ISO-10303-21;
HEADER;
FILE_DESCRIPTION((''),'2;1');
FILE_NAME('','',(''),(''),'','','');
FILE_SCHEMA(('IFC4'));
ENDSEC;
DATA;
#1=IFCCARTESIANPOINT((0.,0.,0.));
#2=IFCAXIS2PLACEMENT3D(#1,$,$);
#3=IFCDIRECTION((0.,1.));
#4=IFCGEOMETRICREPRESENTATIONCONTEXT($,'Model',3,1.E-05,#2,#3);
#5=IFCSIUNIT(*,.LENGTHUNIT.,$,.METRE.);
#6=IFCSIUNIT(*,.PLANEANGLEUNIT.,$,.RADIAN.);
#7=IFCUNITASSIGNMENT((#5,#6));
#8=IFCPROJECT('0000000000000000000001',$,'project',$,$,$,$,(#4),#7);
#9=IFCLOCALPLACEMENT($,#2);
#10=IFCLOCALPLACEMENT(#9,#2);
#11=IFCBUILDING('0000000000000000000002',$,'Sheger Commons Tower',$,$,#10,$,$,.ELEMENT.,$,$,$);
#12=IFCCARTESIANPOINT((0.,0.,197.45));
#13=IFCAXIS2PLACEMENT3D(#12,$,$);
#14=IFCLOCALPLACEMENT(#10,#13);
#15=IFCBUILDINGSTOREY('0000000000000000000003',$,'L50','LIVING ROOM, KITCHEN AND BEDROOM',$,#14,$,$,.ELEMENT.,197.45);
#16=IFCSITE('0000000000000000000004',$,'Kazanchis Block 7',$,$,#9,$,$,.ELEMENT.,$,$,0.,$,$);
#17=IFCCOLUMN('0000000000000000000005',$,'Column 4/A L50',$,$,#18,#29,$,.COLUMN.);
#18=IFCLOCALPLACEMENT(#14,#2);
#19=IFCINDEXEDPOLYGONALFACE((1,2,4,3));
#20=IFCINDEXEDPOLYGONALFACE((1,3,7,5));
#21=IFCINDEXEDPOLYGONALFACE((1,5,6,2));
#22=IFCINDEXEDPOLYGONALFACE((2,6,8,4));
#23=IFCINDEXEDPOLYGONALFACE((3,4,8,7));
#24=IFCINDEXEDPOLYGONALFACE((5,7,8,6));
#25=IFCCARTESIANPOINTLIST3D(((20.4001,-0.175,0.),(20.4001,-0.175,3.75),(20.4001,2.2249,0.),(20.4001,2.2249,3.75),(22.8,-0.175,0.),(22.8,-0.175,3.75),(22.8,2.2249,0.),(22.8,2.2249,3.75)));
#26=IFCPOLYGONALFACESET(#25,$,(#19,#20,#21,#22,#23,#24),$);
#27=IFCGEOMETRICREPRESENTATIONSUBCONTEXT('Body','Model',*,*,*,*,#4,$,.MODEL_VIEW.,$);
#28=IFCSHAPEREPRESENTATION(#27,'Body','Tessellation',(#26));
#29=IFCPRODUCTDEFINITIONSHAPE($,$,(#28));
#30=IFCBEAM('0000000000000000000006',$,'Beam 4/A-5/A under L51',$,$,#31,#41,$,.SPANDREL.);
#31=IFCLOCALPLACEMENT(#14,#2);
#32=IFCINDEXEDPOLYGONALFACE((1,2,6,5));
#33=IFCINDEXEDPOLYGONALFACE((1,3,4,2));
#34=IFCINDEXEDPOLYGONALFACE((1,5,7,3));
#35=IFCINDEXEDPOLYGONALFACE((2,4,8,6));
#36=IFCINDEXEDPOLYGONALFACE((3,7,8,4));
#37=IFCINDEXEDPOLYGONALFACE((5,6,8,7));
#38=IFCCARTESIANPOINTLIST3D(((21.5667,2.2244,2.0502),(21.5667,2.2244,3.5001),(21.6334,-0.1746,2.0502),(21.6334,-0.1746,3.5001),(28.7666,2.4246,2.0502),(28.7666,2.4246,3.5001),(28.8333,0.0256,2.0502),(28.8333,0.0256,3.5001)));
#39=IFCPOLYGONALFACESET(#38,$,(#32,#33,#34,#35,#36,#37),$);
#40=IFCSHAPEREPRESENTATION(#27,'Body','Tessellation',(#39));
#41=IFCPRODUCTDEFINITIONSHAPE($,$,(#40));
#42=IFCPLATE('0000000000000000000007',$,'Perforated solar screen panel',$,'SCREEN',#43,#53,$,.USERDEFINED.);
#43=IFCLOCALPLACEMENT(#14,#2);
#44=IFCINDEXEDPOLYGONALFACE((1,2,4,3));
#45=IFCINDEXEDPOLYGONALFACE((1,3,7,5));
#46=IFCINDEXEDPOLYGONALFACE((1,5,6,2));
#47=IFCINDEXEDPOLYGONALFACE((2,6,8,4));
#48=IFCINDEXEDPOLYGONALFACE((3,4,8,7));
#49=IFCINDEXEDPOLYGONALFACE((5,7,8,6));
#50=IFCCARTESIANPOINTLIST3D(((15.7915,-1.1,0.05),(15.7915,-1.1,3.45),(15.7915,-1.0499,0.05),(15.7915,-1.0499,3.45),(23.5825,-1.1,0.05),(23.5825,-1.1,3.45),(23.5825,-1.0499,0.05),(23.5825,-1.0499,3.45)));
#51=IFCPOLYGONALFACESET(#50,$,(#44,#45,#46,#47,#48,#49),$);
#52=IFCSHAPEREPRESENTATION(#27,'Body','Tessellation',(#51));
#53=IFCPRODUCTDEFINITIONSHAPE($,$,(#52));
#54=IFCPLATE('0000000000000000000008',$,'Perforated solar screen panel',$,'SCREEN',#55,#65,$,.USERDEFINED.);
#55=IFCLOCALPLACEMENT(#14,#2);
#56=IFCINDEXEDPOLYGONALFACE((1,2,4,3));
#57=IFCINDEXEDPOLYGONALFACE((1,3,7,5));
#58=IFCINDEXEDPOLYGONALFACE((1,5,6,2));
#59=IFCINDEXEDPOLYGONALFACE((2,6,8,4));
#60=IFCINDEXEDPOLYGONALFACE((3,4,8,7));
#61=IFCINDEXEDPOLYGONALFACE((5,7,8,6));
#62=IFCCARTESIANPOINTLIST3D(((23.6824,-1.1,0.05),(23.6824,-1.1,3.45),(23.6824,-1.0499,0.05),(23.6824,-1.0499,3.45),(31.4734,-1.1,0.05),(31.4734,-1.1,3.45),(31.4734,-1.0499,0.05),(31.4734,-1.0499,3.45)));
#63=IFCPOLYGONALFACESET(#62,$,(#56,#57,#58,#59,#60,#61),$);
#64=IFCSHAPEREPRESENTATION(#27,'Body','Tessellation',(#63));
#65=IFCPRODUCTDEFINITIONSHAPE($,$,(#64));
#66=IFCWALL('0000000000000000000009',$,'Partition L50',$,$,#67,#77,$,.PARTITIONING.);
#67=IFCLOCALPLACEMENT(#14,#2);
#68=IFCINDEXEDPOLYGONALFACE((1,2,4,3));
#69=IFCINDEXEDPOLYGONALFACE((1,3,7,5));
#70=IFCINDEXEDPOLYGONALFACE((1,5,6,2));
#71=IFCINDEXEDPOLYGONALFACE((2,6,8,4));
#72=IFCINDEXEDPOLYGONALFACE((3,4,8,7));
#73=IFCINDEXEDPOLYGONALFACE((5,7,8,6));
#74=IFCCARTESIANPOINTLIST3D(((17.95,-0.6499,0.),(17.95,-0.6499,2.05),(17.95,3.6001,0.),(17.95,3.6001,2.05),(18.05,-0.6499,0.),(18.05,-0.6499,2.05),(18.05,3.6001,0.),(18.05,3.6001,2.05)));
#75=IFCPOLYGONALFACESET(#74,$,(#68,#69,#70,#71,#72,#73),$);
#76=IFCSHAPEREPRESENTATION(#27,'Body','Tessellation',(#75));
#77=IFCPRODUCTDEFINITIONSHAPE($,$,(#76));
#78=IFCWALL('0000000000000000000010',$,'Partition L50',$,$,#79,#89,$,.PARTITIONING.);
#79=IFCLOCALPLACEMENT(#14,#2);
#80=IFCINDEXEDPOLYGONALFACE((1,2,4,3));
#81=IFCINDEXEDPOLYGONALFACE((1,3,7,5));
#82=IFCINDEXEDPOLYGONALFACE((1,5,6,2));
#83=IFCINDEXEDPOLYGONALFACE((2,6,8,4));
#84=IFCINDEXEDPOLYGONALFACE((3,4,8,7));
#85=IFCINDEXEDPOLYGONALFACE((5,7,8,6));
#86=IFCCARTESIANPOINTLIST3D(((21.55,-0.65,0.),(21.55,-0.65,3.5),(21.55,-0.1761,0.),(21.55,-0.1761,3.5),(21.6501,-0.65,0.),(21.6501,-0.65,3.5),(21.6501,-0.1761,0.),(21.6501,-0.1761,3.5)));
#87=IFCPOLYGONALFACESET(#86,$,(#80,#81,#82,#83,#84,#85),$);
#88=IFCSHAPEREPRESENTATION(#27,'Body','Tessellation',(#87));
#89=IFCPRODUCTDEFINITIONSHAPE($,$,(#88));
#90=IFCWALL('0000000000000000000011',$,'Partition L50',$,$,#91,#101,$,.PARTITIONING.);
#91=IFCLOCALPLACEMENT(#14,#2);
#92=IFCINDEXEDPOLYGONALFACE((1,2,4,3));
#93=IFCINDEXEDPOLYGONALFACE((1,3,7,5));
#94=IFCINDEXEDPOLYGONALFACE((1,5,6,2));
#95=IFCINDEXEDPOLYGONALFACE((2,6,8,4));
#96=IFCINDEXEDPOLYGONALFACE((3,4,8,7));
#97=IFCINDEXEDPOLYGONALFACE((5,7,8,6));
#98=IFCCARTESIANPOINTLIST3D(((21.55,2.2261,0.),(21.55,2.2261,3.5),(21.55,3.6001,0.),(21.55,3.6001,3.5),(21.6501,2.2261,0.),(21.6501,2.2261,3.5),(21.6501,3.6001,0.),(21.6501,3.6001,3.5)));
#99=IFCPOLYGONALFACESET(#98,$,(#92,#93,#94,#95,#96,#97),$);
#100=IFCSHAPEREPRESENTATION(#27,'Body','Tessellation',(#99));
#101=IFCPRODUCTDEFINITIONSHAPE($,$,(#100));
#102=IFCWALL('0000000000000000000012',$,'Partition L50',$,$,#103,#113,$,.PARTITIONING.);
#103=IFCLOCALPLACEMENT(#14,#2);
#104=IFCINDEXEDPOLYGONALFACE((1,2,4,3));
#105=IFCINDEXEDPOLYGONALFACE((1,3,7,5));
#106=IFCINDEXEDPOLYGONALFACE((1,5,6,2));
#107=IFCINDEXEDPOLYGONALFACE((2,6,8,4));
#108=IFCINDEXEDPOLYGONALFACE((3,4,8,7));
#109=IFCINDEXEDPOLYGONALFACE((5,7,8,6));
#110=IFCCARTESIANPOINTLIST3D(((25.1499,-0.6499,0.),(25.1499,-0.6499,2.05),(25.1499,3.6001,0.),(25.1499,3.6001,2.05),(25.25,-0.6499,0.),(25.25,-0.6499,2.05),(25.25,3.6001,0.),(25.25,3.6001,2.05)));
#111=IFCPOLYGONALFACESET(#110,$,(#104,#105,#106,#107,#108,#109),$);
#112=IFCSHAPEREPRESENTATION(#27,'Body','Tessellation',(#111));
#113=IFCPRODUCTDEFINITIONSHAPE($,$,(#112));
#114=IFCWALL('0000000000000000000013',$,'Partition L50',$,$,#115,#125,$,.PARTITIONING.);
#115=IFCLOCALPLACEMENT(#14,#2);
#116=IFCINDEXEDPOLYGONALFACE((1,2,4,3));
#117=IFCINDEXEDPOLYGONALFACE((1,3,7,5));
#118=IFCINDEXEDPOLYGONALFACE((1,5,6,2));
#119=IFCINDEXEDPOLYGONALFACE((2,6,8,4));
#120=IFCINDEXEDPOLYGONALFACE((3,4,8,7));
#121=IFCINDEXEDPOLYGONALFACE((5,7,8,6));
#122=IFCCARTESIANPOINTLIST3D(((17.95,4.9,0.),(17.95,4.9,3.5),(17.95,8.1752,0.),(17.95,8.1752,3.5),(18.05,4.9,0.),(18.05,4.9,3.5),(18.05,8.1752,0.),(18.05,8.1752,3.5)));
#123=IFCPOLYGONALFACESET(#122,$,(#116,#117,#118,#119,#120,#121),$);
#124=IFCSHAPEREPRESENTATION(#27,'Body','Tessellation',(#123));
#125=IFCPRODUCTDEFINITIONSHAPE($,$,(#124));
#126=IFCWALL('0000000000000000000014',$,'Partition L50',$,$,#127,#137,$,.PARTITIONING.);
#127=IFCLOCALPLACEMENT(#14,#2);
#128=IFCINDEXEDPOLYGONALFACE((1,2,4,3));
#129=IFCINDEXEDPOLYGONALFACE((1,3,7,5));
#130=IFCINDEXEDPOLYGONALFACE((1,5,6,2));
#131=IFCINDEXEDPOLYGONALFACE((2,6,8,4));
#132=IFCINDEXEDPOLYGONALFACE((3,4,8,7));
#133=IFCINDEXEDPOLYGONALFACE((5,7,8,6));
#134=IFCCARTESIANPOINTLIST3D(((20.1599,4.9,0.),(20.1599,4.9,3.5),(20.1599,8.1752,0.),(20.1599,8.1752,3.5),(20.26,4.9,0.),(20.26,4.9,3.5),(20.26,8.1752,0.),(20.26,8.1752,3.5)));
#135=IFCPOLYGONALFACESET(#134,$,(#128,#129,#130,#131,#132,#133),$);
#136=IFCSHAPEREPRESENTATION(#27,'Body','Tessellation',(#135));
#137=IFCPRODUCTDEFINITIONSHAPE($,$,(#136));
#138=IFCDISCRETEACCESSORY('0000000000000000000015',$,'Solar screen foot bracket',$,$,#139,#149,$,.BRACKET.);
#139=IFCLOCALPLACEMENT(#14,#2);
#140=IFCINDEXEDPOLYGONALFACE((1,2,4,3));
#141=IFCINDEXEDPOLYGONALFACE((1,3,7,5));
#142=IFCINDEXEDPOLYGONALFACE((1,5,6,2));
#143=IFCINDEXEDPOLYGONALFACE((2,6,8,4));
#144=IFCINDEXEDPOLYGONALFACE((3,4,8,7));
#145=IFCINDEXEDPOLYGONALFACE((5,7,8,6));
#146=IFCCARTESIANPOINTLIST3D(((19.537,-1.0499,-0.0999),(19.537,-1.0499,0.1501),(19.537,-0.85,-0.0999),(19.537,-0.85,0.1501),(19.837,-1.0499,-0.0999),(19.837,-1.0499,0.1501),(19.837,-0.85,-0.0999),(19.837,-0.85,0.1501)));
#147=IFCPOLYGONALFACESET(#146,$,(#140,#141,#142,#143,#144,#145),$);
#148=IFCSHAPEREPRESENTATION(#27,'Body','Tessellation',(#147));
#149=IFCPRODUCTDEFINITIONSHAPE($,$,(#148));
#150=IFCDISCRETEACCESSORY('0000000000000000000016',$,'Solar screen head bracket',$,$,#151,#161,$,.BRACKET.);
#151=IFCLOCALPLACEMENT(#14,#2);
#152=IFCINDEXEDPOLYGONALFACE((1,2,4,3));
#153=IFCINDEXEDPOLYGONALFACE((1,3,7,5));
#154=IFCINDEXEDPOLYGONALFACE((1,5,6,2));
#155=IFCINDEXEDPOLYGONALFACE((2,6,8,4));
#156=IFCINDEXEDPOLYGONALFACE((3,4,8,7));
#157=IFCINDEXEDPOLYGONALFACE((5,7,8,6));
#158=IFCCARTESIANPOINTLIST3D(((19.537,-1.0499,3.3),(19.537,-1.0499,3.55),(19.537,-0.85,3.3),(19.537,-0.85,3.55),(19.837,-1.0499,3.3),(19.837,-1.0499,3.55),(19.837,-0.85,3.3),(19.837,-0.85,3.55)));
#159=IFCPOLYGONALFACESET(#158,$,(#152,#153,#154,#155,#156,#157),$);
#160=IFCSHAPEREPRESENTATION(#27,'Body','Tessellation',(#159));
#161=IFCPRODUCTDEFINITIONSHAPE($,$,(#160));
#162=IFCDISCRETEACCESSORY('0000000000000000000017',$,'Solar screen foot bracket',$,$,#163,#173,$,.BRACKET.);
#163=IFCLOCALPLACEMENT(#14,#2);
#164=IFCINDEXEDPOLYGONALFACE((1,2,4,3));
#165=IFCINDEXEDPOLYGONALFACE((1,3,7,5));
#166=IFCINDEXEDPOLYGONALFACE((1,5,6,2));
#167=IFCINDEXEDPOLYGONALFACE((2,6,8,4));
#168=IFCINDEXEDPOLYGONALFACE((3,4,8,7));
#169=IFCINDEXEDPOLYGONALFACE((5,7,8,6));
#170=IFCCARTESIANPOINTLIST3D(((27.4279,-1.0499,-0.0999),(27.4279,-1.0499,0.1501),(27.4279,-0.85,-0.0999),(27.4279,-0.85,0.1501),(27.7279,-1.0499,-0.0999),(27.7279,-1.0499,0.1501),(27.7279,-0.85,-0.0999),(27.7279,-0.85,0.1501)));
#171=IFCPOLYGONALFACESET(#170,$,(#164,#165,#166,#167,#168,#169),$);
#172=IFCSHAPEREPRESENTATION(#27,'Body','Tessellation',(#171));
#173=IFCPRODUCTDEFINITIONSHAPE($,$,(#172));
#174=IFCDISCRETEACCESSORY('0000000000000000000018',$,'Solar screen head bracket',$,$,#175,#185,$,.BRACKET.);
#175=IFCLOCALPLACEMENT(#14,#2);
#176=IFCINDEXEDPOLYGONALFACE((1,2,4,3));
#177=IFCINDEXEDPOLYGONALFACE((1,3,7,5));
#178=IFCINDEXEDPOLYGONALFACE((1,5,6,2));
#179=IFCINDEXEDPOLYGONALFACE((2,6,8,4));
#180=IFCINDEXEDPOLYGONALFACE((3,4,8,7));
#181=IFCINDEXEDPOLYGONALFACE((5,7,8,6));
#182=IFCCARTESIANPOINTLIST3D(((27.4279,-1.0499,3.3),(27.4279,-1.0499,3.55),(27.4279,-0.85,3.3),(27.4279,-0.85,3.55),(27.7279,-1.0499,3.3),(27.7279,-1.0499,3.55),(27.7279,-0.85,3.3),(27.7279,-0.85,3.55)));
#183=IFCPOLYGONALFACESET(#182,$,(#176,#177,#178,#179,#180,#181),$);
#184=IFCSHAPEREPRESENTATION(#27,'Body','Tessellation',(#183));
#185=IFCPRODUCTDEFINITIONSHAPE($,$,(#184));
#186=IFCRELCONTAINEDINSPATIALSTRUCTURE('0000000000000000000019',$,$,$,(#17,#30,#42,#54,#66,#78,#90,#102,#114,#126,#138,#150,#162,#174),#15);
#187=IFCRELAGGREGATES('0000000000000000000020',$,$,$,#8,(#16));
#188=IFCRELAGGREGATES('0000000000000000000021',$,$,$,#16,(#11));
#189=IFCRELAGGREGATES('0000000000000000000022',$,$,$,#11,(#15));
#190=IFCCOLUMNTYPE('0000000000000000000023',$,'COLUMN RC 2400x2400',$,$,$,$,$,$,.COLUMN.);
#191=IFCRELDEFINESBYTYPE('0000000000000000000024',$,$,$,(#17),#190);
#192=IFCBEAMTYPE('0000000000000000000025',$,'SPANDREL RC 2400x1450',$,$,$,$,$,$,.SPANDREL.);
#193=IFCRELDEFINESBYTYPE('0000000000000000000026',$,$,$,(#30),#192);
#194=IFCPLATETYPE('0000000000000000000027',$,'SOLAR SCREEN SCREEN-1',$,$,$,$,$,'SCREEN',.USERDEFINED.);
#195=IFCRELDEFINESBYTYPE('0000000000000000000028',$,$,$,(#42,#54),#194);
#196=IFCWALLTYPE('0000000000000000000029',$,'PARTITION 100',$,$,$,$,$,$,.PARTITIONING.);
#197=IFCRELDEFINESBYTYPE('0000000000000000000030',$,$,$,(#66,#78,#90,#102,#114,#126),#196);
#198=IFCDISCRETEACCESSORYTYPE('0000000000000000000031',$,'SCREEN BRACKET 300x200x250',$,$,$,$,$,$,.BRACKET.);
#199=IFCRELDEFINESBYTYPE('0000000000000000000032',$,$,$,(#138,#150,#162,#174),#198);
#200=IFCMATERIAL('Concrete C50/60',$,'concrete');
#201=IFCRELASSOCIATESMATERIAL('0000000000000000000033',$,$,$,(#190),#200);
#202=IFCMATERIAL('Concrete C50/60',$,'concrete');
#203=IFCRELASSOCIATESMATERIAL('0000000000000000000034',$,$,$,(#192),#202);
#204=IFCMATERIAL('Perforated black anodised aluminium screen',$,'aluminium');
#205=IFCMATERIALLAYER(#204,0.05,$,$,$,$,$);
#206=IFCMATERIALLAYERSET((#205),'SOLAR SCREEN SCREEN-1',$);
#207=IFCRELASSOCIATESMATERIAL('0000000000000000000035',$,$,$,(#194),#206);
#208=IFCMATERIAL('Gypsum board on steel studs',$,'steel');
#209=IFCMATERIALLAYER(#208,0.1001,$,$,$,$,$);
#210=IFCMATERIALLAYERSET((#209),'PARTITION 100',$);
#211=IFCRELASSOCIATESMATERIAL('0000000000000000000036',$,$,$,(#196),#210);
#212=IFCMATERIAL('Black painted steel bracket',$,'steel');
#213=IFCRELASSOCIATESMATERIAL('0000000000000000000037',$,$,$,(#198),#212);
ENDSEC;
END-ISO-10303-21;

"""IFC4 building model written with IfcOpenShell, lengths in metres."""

from ifc_helpers import new_model, si_unit, direction, frame, frame_2d, origin, origin_2d, place, context, subcontext, project, spatial, rectangle, extrude, material, layer, layer_set, material_profile, profile_set, type_object, element, save


model = new_model("IFC4")

# Units and contexts
model_context = context("Model", 3, precision=1e-05, world=origin(), true_north=direction((0.0, 1.0)))
body_context = subcontext(model_context, "Body", "Model", "MODEL_VIEW")
ifc_project = project(units=[si_unit("LENGTHUNIT", "METRE"), si_unit("PLANEANGLEUNIT", "RADIAN")], contexts=[model_context])

# Site, building, storey
site_placement = place(None, origin())
site = spatial("IfcSite", under=ifc_project, at=site_placement, Name="Kazanchis Block 7", CompositionType="ELEMENT", RefElevation=0.0)
building_placement = place(site_placement, origin())
building = spatial("IfcBuilding", under=site, at=building_placement, Name="Sheger Commons Tower", CompositionType="ELEMENT")
storey_placement = place(building_placement, frame((0.0, 0.0, 197.45)))
storey = spatial("IfcBuildingStorey", under=building, at=storey_placement, Name="L50", Description="LIVING ROOM, KITCHEN AND BEDROOM", CompositionType="ELEMENT", Elevation=197.45)

# Column
ifc_material_1 = material(Name="Concrete C50/60", Category="concrete")
ifc_material_profile_1 = material_profile(ifc_material_1, rectangle(XDim=2.3999, YDim=2.3999, at=origin_2d()), Name="RC 2400x2400")
ifc_profile_set_1 = profile_set([ifc_material_profile_1], Name="Concrete C50/60")
column_type = type_object("IfcColumnType", Name="COLUMN RC 2400x2400", PredefinedType="COLUMN", material=ifc_profile_set_1)
column_placement = place(storey_placement, frame((21.6001, 1.0249, 0.0), z_axis=(0.0, 0.0, 1.0), x_axis=(1.0, 0.0, 0.0)))
element("IfcColumn", 1, at=column_placement, inside=storey, type_object=column_type, Name="Column 4/A L50", PredefinedType="COLUMN", context=body_context, shape_type="SweptSolid", body=[
    extrude(rectangle(XDim=2.3999, YDim=2.3999, at=origin_2d()), origin(), (0.0, 0.0, 1.0), 3.75),
])

# Beam
ifc_material_2 = material(Name="Concrete C50/60", Category="concrete")
ifc_material_profile_2 = material_profile(ifc_material_2, rectangle(XDim=2.3999, YDim=1.45, at=origin_2d()), Name="RC 2400x1450")
ifc_profile_set_2 = profile_set([ifc_material_profile_2], Name="Concrete C50/60")
beam_type = type_object("IfcBeamType", Name="SPANDREL RC 2400x1450", PredefinedType="SPANDREL", material=ifc_profile_set_2)
beam_placement = place(storey_placement, frame((21.6001, 1.0249, 2.7751), z_axis=(0.999614, 0.027794, 0.0), x_axis=(-0.027794, 0.999614, 0.0)))
element("IfcBeam", 2, at=beam_placement, inside=storey, type_object=beam_type, Name="Beam 4/A-5/A under L51", PredefinedType="SPANDREL", context=body_context, shape_type="SweptSolid", body=[
    extrude(rectangle(XDim=2.3999, YDim=1.45, at=origin_2d()), origin(), (0.0, 0.0, 1.0), 7.2026),
])

# Plates
ifc_material_3 = material(Name="Perforated black anodised aluminium screen", Category="aluminium")
ifc_layer_1 = layer(ifc_material_3, 0.05)
ifc_layer_set_1 = layer_set([ifc_layer_1], Name="SOLAR SCREEN SCREEN-1")
plate_type = type_object("IfcPlateType", Name="SOLAR SCREEN SCREEN-1", ElementType="SCREEN", PredefinedType="USERDEFINED", material=ifc_layer_set_1)
for number, where, z_axis, x_axis, name in (
    (3, (19.687, -1.075, 0.05), (0.0, 0.0, 1.0), (1.0, 0.0, 0.0), "Perforated solar screen panel"),
    (4, (27.5779, -1.075, 0.05), (0.0, 0.0, 1.0), (1.0, 0.0, 0.0), "Perforated solar screen panel"),
):
    element("IfcPlate", number, at=place(storey_placement, frame(where, z_axis=z_axis, x_axis=x_axis)), inside=storey, type_object=plate_type, Name=name, ObjectType="SCREEN", PredefinedType="USERDEFINED", context=body_context, shape_type="SweptSolid", body=[
        extrude(rectangle(XDim=7.791, YDim=0.05, at=origin_2d()), origin(), (0.0, 0.0, 1.0), 3.3999),
    ])

# Walls
ifc_material_4 = material(Name="Gypsum board on steel studs", Category="steel")
ifc_layer_2 = layer(ifc_material_4, 0.1001)
ifc_layer_set_2 = layer_set([ifc_layer_2], Name="PARTITION 100")
wall_type = type_object("IfcWallType", Name="PARTITION 100", PredefinedType="PARTITIONING", material=ifc_layer_set_2)
wall_1_placement = place(storey_placement, frame((18.0, -0.6499, 0.0), z_axis=(0.0, 0.0, 1.0), x_axis=(0.0, 1.0, 0.0)))
element("IfcWall", 5, at=wall_1_placement, inside=storey, type_object=wall_type, Name="Partition L50", PredefinedType="PARTITIONING", context=body_context, shape_type="SweptSolid", body=[
    extrude(rectangle(XDim=4.25, YDim=0.1001, at=frame_2d((2.125, 0.0))), origin(), (0.0, 0.0, 1.0), 2.05),
])
wall_2_placement = place(storey_placement, frame((21.6001, -0.6499, 0.0), z_axis=(0.0, 0.0, 1.0), x_axis=(0.0, 1.0, 0.0)))
element("IfcWall", 6, at=wall_2_placement, inside=storey, type_object=wall_type, Name="Partition L50", PredefinedType="PARTITIONING", context=body_context, shape_type="SweptSolid", body=[
    extrude(rectangle(XDim=0.4739, YDim=0.1001, at=frame_2d((0.2368, 0.0))), origin(), (0.0, 0.0, 1.0), 3.5),
])
wall_3_placement = place(storey_placement, frame((21.6001, 2.2261, 0.0), z_axis=(0.0, 0.0, 1.0), x_axis=(0.0, 1.0, 0.0)))
element("IfcWall", 7, at=wall_3_placement, inside=storey, type_object=wall_type, Name="Partition L50", PredefinedType="PARTITIONING", context=body_context, shape_type="SweptSolid", body=[
    extrude(rectangle(XDim=1.374, YDim=0.1001, at=frame_2d((0.687, 0.0))), origin(), (0.0, 0.0, 1.0), 3.5),
])
wall_4_placement = place(storey_placement, frame((25.2, -0.6499, 0.0), z_axis=(0.0, 0.0, 1.0), x_axis=(0.0, 1.0, 0.0)))
element("IfcWall", 8, at=wall_4_placement, inside=storey, type_object=wall_type, Name="Partition L50", PredefinedType="PARTITIONING", context=body_context, shape_type="SweptSolid", body=[
    extrude(rectangle(XDim=4.25, YDim=0.1001, at=frame_2d((2.125, 0.0))), origin(), (0.0, 0.0, 1.0), 2.05),
])
for number, where, z_axis, x_axis, name in (
    (9, (18.0, 4.8999, 0.0), (0.0, 0.0, 1.0), (0.0, 1.0, 0.0), "Partition L50"),
    (10, (20.21, 4.8999, 0.0), (0.0, 0.0, 1.0), (0.0, 1.0, 0.0), "Partition L50"),
):
    element("IfcWall", number, at=place(storey_placement, frame(where, z_axis=z_axis, x_axis=x_axis)), inside=storey, type_object=wall_type, Name=name, PredefinedType="PARTITIONING", context=body_context, shape_type="SweptSolid", body=[
        extrude(rectangle(XDim=3.2751, YDim=0.1001, at=frame_2d((1.6377, 0.0))), origin(), (0.0, 0.0, 1.0), 3.5),
    ])

# Discrete accessories
ifc_material_5 = material(Name="Black painted steel bracket", Category="steel")
discrete_accessory_type = type_object("IfcDiscreteAccessoryType", Name="SCREEN BRACKET 300x200x250", PredefinedType="BRACKET", material=ifc_material_5)
for number, where, z_axis, x_axis, name in (
    (11, (19.687, -0.95, -0.0999), (0.0, 0.0, 1.0), (1.0, 0.0, 0.0), "Solar screen foot bracket"),
    (12, (19.687, -0.95, 3.3), (0.0, 0.0, 1.0), (1.0, 0.0, 0.0), "Solar screen head bracket"),
    (13, (27.5779, -0.95, -0.0999), (0.0, 0.0, 1.0), (1.0, 0.0, 0.0), "Solar screen foot bracket"),
    (14, (27.5779, -0.95, 3.3), (0.0, 0.0, 1.0), (1.0, 0.0, 0.0), "Solar screen head bracket"),
):
    element("IfcDiscreteAccessory", number, at=place(storey_placement, frame(where, z_axis=z_axis, x_axis=x_axis)), inside=storey, type_object=discrete_accessory_type, Name=name, PredefinedType="BRACKET", context=body_context, shape_type="SweptSolid", body=[
        extrude(rectangle(XDim=0.3, YDim=0.2, at=origin_2d()), origin(), (0.0, 0.0, 1.0), 0.25),
    ])

save(model, "model.ifc")
